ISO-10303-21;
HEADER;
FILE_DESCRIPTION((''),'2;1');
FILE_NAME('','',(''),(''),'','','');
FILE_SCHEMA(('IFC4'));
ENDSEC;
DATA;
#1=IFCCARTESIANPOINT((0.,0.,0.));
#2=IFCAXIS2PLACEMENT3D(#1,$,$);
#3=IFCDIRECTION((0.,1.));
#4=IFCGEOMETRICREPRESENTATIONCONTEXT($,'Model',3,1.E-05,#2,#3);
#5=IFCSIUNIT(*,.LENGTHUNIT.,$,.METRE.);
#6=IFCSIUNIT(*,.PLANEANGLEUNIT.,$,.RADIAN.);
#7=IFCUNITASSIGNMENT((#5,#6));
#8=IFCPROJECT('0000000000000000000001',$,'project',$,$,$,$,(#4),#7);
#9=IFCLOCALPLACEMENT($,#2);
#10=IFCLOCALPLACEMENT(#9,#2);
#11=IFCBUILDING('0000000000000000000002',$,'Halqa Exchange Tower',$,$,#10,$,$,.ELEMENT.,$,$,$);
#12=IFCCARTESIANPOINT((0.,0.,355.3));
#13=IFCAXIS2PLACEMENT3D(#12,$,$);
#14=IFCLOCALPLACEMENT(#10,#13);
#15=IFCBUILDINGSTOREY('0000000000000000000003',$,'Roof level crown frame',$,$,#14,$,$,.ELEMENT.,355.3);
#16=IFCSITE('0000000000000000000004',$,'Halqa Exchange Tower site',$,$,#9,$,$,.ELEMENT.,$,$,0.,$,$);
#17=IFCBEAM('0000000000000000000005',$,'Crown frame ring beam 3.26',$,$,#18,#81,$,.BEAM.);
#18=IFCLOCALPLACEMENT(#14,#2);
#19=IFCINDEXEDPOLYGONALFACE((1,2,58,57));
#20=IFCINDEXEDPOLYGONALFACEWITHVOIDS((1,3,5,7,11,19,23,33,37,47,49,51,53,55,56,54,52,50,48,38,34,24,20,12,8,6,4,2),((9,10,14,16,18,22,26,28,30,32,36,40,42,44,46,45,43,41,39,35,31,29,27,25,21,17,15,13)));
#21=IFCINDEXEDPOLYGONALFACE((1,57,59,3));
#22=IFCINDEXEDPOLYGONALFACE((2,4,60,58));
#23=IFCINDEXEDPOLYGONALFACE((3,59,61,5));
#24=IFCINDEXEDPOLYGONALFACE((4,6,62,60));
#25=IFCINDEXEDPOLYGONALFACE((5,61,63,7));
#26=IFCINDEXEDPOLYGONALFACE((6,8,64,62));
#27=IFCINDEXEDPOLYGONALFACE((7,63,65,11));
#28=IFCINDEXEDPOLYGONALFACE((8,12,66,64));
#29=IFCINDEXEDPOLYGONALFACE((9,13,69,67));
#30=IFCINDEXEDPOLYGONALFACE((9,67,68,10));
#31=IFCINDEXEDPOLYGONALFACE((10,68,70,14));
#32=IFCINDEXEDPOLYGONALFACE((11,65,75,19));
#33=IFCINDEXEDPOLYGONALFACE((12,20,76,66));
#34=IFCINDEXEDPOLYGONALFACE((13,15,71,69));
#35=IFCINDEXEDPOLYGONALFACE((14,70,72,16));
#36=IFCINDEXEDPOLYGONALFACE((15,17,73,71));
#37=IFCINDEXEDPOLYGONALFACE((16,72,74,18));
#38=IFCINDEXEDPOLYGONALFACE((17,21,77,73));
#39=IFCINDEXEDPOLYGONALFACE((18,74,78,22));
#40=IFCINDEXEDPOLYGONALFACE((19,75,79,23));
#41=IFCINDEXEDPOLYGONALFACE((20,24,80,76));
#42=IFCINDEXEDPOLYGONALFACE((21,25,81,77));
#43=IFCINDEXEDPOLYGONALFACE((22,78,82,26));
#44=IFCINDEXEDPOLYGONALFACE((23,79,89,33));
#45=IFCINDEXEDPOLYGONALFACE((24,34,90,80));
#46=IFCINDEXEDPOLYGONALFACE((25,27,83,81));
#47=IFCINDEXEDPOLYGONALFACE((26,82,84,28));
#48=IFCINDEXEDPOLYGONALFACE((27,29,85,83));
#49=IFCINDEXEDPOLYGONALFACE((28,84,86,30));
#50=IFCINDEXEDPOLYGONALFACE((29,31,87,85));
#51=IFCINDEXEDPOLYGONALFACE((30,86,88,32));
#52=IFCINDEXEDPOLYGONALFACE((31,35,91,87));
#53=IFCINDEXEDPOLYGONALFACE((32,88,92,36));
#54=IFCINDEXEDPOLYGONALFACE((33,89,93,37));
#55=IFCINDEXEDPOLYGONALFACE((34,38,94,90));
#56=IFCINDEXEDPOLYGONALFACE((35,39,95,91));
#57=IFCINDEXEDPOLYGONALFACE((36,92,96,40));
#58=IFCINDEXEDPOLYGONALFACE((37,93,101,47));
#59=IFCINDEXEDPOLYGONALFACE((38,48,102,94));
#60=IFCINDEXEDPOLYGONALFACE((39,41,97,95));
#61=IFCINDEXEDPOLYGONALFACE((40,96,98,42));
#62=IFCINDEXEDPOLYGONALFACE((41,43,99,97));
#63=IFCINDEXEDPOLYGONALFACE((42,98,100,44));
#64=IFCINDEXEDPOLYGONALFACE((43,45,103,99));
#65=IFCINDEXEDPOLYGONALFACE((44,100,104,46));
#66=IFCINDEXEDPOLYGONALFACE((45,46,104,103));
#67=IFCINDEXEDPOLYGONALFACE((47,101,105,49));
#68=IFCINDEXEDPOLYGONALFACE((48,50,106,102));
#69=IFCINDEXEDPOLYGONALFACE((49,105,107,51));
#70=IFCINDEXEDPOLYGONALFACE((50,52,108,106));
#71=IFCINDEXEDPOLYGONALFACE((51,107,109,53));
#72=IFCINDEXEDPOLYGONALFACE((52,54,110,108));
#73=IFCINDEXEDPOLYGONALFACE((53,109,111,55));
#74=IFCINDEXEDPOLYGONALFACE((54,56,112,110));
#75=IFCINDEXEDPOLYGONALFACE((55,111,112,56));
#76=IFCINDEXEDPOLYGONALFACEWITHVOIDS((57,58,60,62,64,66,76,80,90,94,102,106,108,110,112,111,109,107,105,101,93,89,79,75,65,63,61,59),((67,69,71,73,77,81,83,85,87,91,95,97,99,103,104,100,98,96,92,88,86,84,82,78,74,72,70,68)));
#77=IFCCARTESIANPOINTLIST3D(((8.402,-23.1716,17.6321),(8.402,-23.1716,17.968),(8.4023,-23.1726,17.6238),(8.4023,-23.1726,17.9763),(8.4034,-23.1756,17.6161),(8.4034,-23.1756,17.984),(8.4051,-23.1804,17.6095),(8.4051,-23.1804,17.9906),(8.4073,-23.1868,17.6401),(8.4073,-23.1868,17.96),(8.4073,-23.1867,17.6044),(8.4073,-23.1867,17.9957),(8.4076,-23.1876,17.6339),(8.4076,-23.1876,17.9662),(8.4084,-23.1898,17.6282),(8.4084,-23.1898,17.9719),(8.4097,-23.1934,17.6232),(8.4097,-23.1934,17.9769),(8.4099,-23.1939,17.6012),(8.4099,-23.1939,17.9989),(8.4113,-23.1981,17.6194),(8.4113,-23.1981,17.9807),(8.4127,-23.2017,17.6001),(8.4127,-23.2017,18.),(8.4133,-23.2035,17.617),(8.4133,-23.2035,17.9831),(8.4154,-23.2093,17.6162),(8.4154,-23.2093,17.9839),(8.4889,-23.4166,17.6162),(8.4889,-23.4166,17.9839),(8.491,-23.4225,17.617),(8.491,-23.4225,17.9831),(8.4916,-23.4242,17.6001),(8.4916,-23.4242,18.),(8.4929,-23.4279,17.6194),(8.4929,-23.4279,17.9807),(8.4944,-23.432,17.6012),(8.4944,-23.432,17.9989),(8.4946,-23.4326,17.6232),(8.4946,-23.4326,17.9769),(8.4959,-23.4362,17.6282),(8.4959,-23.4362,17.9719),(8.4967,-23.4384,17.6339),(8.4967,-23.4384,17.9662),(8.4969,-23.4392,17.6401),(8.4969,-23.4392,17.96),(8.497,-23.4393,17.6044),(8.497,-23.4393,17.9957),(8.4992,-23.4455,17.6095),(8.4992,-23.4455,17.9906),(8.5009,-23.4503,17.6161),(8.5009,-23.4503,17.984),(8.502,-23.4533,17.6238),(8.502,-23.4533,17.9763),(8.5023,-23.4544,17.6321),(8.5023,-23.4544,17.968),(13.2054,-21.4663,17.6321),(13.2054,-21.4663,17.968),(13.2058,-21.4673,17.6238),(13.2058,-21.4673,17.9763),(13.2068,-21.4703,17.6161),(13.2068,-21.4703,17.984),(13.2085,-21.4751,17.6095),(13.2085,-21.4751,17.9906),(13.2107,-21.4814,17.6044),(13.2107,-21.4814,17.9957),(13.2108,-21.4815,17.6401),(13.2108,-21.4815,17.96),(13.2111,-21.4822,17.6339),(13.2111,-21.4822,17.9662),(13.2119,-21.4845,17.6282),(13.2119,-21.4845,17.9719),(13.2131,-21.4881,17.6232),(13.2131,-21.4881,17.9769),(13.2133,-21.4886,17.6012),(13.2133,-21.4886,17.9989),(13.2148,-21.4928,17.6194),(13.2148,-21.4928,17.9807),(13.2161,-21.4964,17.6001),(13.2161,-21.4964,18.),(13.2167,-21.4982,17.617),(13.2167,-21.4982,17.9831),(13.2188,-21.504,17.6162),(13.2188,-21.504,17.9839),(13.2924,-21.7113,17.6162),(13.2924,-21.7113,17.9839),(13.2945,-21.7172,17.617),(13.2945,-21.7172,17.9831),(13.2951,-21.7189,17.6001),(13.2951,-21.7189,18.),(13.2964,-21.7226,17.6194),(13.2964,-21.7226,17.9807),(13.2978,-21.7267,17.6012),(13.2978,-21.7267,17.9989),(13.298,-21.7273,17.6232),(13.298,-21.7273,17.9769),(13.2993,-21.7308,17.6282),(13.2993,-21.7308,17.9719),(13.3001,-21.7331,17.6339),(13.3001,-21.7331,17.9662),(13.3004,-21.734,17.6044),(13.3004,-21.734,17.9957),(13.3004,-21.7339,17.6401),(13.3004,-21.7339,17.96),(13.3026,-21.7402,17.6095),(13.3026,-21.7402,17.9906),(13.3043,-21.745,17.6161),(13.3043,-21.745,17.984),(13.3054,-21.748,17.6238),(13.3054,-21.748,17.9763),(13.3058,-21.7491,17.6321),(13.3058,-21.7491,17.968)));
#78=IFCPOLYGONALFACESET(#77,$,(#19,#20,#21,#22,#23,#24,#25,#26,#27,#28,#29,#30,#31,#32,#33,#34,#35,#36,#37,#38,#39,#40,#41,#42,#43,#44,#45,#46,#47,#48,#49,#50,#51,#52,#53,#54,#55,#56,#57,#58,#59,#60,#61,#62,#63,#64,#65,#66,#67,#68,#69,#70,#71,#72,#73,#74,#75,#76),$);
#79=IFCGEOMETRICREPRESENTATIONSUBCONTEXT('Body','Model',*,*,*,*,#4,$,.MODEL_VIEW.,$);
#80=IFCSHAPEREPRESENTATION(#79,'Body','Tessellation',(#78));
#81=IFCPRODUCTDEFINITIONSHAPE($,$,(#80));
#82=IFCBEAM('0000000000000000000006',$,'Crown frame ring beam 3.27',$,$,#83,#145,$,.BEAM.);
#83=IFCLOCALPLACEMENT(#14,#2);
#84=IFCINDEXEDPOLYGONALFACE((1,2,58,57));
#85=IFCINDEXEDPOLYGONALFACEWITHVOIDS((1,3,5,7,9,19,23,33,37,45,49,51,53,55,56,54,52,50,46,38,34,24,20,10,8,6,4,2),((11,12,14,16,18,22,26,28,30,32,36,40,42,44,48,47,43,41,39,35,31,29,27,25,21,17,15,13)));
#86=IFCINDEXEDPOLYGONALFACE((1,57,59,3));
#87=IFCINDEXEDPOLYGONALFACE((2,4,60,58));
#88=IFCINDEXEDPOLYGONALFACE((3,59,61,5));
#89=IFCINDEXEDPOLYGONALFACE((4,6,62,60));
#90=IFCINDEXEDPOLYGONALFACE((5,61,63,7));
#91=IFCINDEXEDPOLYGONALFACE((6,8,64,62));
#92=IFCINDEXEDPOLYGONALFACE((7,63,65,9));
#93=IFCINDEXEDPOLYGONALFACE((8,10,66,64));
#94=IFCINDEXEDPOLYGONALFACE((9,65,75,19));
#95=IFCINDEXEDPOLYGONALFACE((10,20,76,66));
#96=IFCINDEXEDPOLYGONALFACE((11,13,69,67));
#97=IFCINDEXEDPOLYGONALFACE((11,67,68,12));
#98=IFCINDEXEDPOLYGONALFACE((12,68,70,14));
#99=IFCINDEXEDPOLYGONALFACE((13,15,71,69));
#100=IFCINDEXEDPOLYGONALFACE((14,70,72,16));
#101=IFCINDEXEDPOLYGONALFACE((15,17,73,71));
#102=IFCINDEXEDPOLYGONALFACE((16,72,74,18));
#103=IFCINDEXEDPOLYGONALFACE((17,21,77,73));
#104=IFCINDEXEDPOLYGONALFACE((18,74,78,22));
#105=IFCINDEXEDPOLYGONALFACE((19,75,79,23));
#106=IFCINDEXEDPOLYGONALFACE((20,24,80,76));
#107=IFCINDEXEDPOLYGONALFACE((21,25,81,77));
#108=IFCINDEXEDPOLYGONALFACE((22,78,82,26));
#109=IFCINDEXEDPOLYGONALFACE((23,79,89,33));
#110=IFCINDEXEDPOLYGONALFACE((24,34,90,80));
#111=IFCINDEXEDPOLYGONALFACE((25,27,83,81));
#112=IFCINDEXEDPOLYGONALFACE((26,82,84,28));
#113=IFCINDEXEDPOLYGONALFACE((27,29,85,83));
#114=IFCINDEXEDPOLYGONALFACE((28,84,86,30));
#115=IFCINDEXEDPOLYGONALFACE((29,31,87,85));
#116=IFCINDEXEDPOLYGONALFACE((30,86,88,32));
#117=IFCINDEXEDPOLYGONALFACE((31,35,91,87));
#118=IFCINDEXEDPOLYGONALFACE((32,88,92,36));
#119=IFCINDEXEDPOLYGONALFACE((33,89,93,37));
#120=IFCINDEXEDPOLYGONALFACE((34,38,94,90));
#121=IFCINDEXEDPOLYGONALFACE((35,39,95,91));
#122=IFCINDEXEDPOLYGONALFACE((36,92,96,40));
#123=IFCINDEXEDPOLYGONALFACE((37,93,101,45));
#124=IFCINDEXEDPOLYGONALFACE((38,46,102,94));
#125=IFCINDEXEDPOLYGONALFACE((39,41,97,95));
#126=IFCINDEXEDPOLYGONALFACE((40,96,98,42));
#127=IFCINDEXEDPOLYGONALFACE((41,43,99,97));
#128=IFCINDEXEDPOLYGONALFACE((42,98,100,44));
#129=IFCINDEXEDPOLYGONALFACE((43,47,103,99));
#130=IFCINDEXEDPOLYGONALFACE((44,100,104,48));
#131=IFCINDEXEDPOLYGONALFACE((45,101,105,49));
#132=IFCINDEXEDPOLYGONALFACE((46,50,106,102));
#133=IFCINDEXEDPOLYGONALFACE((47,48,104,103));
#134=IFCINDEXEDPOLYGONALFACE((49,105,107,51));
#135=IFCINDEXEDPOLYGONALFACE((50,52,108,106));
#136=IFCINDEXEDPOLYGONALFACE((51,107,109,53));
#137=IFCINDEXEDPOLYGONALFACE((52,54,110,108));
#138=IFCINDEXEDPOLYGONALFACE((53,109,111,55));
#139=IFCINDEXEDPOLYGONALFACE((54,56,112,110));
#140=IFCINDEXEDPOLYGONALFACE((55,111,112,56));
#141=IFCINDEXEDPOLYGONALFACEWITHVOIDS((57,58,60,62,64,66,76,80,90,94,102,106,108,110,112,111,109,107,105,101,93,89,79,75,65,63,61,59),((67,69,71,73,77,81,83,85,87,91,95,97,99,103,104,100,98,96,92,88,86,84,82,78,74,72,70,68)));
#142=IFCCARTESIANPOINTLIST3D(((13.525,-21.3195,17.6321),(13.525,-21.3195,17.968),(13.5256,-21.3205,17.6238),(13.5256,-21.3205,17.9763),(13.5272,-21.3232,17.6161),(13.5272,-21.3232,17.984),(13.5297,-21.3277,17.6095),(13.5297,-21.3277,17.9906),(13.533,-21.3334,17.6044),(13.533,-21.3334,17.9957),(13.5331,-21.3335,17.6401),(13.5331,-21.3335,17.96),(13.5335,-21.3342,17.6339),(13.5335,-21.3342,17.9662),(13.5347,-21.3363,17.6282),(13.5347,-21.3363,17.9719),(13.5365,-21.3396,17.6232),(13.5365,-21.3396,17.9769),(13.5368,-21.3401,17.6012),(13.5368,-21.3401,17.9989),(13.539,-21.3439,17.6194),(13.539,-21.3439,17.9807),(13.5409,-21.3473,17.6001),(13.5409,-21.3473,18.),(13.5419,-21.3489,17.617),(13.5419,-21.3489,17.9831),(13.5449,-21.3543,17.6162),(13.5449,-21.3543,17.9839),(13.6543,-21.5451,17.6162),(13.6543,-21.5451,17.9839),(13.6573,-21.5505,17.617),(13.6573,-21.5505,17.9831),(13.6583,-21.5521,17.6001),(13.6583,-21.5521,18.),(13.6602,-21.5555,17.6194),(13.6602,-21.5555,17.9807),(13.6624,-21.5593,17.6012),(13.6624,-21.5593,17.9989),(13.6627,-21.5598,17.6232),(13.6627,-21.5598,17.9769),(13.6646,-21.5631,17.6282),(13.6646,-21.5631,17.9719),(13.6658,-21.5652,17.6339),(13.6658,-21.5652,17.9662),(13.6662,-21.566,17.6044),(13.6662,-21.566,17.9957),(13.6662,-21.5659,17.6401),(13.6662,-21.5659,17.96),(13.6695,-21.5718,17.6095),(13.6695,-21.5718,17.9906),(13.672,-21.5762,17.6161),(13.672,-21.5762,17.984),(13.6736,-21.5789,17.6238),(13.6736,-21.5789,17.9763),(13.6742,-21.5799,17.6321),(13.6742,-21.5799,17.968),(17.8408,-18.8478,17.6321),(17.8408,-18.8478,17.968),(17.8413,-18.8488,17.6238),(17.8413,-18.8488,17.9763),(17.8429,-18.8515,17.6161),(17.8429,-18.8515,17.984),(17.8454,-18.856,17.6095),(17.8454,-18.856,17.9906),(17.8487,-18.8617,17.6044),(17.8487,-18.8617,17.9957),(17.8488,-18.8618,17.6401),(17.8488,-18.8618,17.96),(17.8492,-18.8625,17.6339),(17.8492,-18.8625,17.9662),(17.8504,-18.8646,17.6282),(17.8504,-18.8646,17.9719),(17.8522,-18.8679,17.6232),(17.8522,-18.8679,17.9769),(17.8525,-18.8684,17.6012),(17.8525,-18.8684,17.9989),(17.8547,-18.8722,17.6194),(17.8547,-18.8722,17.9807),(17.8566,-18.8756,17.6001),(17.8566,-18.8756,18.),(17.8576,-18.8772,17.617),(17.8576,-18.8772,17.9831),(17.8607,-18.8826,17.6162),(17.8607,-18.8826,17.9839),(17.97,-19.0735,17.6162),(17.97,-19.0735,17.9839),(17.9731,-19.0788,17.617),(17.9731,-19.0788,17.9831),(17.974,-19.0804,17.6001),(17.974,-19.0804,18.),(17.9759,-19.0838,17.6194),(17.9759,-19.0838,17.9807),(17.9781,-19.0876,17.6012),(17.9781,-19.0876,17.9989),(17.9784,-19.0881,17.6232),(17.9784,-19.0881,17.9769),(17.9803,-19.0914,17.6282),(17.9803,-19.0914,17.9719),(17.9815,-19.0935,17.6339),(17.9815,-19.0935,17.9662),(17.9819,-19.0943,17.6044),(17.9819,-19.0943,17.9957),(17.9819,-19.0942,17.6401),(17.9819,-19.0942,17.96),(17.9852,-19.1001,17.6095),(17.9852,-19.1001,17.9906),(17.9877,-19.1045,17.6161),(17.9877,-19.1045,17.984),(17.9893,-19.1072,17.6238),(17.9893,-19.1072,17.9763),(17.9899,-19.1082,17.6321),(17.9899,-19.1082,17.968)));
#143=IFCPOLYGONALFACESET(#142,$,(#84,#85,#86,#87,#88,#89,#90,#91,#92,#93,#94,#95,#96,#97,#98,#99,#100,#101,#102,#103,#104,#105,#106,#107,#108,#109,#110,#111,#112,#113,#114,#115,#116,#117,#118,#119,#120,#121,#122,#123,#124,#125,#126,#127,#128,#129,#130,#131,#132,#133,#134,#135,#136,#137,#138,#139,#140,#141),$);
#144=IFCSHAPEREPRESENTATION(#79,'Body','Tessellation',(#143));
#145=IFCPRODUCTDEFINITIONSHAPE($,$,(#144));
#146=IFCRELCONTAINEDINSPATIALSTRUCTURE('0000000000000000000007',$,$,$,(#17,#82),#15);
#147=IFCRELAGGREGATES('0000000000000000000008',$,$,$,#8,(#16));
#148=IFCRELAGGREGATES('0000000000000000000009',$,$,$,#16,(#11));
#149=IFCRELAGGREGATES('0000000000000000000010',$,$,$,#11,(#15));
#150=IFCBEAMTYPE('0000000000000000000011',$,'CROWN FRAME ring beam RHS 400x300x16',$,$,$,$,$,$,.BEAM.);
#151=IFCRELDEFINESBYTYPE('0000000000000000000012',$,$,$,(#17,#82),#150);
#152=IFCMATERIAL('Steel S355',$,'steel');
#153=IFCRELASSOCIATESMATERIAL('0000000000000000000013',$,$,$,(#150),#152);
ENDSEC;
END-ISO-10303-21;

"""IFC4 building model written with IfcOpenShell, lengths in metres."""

from ifc_helpers import new_model, si_unit, direction, frame, origin, origin_2d, place, context, subcontext, project, spatial, hollow_rectangle, extrude, material, material_profile, profile_set, type_object, element, save


model = new_model("IFC4")

# Units and contexts
model_context = context("Model", 3, precision=1e-05, world=origin(), true_north=direction((0.0, 1.0)))
body_context = subcontext(model_context, "Body", "Model", "MODEL_VIEW")
ifc_project = project(units=[si_unit("LENGTHUNIT", "METRE"), si_unit("PLANEANGLEUNIT", "RADIAN")], contexts=[model_context])

# Site, building, storey
site_placement = place(None, origin())
site = spatial("IfcSite", under=ifc_project, at=site_placement, Name="Halqa Exchange Tower site", CompositionType="ELEMENT", RefElevation=0.0)
building_placement = place(site_placement, origin())
building = spatial("IfcBuilding", under=site, at=building_placement, Name="Halqa Exchange Tower", CompositionType="ELEMENT")
storey_placement = place(building_placement, frame((0.0, 0.0, 355.3)))
storey = spatial("IfcBuildingStorey", under=building, at=storey_placement, Name="Roof level crown frame", CompositionType="ELEMENT", Elevation=355.3)

# Shared definitions
ifc_material_1 = material(Name="Steel S355", Category="steel")

# Beams
ifc_material_profile_1 = material_profile(ifc_material_1, hollow_rectangle(XDim=0.3, YDim=0.3999, WallThickness=0.0161, InnerFilletRadius=0.0239, OuterFilletRadius=0.032, at=origin_2d()), Name="RHS 400x300x16")
ifc_profile_set_1 = profile_set([ifc_material_profile_1], Name="Steel S355")
beam_type_1 = type_object("IfcBeamType", Name="CROWN FRAME ring beam RHS 400x300x16", PredefinedType="BEAM", material=ifc_profile_set_1)
beam_1_placement = place(storey_placement, frame((8.4521, -23.313, 17.8), z_axis=(0.942374, 0.334561, 0.0), x_axis=(-0.334561, 0.942374, 0.0)))
element("IfcBeam", 1, at=beam_1_placement, inside=storey, type_object=beam_type_1, Name="Crown frame ring beam 3.26", PredefinedType="BEAM", context=body_context, shape_type="SweptSolid", body=[
    extrude(hollow_rectangle(XDim=0.3, YDim=0.3999, WallThickness=0.0161, InnerFilletRadius=0.0239, OuterFilletRadius=0.032, at=origin_2d()), origin(), (0.0, 0.0, 1.0), 5.0972),
])
beam_2_placement = place(storey_placement, frame((13.5996, -21.4497, 17.8), z_axis=(0.867759, 0.496985, 0.0), x_axis=(-0.496985, 0.867759, 0.0)))
element("IfcBeam", 2, at=beam_2_placement, inside=storey, type_object=beam_type_1, Name="Crown frame ring beam 3.27", PredefinedType="BEAM", context=body_context, shape_type="SweptSolid", body=[
    extrude(hollow_rectangle(XDim=0.3, YDim=0.3999, WallThickness=0.0161, InnerFilletRadius=0.0239, OuterFilletRadius=0.032, at=origin_2d()), origin(), (0.0, 0.0, 1.0), 4.9734),
])

save(model, "model.ifc")
